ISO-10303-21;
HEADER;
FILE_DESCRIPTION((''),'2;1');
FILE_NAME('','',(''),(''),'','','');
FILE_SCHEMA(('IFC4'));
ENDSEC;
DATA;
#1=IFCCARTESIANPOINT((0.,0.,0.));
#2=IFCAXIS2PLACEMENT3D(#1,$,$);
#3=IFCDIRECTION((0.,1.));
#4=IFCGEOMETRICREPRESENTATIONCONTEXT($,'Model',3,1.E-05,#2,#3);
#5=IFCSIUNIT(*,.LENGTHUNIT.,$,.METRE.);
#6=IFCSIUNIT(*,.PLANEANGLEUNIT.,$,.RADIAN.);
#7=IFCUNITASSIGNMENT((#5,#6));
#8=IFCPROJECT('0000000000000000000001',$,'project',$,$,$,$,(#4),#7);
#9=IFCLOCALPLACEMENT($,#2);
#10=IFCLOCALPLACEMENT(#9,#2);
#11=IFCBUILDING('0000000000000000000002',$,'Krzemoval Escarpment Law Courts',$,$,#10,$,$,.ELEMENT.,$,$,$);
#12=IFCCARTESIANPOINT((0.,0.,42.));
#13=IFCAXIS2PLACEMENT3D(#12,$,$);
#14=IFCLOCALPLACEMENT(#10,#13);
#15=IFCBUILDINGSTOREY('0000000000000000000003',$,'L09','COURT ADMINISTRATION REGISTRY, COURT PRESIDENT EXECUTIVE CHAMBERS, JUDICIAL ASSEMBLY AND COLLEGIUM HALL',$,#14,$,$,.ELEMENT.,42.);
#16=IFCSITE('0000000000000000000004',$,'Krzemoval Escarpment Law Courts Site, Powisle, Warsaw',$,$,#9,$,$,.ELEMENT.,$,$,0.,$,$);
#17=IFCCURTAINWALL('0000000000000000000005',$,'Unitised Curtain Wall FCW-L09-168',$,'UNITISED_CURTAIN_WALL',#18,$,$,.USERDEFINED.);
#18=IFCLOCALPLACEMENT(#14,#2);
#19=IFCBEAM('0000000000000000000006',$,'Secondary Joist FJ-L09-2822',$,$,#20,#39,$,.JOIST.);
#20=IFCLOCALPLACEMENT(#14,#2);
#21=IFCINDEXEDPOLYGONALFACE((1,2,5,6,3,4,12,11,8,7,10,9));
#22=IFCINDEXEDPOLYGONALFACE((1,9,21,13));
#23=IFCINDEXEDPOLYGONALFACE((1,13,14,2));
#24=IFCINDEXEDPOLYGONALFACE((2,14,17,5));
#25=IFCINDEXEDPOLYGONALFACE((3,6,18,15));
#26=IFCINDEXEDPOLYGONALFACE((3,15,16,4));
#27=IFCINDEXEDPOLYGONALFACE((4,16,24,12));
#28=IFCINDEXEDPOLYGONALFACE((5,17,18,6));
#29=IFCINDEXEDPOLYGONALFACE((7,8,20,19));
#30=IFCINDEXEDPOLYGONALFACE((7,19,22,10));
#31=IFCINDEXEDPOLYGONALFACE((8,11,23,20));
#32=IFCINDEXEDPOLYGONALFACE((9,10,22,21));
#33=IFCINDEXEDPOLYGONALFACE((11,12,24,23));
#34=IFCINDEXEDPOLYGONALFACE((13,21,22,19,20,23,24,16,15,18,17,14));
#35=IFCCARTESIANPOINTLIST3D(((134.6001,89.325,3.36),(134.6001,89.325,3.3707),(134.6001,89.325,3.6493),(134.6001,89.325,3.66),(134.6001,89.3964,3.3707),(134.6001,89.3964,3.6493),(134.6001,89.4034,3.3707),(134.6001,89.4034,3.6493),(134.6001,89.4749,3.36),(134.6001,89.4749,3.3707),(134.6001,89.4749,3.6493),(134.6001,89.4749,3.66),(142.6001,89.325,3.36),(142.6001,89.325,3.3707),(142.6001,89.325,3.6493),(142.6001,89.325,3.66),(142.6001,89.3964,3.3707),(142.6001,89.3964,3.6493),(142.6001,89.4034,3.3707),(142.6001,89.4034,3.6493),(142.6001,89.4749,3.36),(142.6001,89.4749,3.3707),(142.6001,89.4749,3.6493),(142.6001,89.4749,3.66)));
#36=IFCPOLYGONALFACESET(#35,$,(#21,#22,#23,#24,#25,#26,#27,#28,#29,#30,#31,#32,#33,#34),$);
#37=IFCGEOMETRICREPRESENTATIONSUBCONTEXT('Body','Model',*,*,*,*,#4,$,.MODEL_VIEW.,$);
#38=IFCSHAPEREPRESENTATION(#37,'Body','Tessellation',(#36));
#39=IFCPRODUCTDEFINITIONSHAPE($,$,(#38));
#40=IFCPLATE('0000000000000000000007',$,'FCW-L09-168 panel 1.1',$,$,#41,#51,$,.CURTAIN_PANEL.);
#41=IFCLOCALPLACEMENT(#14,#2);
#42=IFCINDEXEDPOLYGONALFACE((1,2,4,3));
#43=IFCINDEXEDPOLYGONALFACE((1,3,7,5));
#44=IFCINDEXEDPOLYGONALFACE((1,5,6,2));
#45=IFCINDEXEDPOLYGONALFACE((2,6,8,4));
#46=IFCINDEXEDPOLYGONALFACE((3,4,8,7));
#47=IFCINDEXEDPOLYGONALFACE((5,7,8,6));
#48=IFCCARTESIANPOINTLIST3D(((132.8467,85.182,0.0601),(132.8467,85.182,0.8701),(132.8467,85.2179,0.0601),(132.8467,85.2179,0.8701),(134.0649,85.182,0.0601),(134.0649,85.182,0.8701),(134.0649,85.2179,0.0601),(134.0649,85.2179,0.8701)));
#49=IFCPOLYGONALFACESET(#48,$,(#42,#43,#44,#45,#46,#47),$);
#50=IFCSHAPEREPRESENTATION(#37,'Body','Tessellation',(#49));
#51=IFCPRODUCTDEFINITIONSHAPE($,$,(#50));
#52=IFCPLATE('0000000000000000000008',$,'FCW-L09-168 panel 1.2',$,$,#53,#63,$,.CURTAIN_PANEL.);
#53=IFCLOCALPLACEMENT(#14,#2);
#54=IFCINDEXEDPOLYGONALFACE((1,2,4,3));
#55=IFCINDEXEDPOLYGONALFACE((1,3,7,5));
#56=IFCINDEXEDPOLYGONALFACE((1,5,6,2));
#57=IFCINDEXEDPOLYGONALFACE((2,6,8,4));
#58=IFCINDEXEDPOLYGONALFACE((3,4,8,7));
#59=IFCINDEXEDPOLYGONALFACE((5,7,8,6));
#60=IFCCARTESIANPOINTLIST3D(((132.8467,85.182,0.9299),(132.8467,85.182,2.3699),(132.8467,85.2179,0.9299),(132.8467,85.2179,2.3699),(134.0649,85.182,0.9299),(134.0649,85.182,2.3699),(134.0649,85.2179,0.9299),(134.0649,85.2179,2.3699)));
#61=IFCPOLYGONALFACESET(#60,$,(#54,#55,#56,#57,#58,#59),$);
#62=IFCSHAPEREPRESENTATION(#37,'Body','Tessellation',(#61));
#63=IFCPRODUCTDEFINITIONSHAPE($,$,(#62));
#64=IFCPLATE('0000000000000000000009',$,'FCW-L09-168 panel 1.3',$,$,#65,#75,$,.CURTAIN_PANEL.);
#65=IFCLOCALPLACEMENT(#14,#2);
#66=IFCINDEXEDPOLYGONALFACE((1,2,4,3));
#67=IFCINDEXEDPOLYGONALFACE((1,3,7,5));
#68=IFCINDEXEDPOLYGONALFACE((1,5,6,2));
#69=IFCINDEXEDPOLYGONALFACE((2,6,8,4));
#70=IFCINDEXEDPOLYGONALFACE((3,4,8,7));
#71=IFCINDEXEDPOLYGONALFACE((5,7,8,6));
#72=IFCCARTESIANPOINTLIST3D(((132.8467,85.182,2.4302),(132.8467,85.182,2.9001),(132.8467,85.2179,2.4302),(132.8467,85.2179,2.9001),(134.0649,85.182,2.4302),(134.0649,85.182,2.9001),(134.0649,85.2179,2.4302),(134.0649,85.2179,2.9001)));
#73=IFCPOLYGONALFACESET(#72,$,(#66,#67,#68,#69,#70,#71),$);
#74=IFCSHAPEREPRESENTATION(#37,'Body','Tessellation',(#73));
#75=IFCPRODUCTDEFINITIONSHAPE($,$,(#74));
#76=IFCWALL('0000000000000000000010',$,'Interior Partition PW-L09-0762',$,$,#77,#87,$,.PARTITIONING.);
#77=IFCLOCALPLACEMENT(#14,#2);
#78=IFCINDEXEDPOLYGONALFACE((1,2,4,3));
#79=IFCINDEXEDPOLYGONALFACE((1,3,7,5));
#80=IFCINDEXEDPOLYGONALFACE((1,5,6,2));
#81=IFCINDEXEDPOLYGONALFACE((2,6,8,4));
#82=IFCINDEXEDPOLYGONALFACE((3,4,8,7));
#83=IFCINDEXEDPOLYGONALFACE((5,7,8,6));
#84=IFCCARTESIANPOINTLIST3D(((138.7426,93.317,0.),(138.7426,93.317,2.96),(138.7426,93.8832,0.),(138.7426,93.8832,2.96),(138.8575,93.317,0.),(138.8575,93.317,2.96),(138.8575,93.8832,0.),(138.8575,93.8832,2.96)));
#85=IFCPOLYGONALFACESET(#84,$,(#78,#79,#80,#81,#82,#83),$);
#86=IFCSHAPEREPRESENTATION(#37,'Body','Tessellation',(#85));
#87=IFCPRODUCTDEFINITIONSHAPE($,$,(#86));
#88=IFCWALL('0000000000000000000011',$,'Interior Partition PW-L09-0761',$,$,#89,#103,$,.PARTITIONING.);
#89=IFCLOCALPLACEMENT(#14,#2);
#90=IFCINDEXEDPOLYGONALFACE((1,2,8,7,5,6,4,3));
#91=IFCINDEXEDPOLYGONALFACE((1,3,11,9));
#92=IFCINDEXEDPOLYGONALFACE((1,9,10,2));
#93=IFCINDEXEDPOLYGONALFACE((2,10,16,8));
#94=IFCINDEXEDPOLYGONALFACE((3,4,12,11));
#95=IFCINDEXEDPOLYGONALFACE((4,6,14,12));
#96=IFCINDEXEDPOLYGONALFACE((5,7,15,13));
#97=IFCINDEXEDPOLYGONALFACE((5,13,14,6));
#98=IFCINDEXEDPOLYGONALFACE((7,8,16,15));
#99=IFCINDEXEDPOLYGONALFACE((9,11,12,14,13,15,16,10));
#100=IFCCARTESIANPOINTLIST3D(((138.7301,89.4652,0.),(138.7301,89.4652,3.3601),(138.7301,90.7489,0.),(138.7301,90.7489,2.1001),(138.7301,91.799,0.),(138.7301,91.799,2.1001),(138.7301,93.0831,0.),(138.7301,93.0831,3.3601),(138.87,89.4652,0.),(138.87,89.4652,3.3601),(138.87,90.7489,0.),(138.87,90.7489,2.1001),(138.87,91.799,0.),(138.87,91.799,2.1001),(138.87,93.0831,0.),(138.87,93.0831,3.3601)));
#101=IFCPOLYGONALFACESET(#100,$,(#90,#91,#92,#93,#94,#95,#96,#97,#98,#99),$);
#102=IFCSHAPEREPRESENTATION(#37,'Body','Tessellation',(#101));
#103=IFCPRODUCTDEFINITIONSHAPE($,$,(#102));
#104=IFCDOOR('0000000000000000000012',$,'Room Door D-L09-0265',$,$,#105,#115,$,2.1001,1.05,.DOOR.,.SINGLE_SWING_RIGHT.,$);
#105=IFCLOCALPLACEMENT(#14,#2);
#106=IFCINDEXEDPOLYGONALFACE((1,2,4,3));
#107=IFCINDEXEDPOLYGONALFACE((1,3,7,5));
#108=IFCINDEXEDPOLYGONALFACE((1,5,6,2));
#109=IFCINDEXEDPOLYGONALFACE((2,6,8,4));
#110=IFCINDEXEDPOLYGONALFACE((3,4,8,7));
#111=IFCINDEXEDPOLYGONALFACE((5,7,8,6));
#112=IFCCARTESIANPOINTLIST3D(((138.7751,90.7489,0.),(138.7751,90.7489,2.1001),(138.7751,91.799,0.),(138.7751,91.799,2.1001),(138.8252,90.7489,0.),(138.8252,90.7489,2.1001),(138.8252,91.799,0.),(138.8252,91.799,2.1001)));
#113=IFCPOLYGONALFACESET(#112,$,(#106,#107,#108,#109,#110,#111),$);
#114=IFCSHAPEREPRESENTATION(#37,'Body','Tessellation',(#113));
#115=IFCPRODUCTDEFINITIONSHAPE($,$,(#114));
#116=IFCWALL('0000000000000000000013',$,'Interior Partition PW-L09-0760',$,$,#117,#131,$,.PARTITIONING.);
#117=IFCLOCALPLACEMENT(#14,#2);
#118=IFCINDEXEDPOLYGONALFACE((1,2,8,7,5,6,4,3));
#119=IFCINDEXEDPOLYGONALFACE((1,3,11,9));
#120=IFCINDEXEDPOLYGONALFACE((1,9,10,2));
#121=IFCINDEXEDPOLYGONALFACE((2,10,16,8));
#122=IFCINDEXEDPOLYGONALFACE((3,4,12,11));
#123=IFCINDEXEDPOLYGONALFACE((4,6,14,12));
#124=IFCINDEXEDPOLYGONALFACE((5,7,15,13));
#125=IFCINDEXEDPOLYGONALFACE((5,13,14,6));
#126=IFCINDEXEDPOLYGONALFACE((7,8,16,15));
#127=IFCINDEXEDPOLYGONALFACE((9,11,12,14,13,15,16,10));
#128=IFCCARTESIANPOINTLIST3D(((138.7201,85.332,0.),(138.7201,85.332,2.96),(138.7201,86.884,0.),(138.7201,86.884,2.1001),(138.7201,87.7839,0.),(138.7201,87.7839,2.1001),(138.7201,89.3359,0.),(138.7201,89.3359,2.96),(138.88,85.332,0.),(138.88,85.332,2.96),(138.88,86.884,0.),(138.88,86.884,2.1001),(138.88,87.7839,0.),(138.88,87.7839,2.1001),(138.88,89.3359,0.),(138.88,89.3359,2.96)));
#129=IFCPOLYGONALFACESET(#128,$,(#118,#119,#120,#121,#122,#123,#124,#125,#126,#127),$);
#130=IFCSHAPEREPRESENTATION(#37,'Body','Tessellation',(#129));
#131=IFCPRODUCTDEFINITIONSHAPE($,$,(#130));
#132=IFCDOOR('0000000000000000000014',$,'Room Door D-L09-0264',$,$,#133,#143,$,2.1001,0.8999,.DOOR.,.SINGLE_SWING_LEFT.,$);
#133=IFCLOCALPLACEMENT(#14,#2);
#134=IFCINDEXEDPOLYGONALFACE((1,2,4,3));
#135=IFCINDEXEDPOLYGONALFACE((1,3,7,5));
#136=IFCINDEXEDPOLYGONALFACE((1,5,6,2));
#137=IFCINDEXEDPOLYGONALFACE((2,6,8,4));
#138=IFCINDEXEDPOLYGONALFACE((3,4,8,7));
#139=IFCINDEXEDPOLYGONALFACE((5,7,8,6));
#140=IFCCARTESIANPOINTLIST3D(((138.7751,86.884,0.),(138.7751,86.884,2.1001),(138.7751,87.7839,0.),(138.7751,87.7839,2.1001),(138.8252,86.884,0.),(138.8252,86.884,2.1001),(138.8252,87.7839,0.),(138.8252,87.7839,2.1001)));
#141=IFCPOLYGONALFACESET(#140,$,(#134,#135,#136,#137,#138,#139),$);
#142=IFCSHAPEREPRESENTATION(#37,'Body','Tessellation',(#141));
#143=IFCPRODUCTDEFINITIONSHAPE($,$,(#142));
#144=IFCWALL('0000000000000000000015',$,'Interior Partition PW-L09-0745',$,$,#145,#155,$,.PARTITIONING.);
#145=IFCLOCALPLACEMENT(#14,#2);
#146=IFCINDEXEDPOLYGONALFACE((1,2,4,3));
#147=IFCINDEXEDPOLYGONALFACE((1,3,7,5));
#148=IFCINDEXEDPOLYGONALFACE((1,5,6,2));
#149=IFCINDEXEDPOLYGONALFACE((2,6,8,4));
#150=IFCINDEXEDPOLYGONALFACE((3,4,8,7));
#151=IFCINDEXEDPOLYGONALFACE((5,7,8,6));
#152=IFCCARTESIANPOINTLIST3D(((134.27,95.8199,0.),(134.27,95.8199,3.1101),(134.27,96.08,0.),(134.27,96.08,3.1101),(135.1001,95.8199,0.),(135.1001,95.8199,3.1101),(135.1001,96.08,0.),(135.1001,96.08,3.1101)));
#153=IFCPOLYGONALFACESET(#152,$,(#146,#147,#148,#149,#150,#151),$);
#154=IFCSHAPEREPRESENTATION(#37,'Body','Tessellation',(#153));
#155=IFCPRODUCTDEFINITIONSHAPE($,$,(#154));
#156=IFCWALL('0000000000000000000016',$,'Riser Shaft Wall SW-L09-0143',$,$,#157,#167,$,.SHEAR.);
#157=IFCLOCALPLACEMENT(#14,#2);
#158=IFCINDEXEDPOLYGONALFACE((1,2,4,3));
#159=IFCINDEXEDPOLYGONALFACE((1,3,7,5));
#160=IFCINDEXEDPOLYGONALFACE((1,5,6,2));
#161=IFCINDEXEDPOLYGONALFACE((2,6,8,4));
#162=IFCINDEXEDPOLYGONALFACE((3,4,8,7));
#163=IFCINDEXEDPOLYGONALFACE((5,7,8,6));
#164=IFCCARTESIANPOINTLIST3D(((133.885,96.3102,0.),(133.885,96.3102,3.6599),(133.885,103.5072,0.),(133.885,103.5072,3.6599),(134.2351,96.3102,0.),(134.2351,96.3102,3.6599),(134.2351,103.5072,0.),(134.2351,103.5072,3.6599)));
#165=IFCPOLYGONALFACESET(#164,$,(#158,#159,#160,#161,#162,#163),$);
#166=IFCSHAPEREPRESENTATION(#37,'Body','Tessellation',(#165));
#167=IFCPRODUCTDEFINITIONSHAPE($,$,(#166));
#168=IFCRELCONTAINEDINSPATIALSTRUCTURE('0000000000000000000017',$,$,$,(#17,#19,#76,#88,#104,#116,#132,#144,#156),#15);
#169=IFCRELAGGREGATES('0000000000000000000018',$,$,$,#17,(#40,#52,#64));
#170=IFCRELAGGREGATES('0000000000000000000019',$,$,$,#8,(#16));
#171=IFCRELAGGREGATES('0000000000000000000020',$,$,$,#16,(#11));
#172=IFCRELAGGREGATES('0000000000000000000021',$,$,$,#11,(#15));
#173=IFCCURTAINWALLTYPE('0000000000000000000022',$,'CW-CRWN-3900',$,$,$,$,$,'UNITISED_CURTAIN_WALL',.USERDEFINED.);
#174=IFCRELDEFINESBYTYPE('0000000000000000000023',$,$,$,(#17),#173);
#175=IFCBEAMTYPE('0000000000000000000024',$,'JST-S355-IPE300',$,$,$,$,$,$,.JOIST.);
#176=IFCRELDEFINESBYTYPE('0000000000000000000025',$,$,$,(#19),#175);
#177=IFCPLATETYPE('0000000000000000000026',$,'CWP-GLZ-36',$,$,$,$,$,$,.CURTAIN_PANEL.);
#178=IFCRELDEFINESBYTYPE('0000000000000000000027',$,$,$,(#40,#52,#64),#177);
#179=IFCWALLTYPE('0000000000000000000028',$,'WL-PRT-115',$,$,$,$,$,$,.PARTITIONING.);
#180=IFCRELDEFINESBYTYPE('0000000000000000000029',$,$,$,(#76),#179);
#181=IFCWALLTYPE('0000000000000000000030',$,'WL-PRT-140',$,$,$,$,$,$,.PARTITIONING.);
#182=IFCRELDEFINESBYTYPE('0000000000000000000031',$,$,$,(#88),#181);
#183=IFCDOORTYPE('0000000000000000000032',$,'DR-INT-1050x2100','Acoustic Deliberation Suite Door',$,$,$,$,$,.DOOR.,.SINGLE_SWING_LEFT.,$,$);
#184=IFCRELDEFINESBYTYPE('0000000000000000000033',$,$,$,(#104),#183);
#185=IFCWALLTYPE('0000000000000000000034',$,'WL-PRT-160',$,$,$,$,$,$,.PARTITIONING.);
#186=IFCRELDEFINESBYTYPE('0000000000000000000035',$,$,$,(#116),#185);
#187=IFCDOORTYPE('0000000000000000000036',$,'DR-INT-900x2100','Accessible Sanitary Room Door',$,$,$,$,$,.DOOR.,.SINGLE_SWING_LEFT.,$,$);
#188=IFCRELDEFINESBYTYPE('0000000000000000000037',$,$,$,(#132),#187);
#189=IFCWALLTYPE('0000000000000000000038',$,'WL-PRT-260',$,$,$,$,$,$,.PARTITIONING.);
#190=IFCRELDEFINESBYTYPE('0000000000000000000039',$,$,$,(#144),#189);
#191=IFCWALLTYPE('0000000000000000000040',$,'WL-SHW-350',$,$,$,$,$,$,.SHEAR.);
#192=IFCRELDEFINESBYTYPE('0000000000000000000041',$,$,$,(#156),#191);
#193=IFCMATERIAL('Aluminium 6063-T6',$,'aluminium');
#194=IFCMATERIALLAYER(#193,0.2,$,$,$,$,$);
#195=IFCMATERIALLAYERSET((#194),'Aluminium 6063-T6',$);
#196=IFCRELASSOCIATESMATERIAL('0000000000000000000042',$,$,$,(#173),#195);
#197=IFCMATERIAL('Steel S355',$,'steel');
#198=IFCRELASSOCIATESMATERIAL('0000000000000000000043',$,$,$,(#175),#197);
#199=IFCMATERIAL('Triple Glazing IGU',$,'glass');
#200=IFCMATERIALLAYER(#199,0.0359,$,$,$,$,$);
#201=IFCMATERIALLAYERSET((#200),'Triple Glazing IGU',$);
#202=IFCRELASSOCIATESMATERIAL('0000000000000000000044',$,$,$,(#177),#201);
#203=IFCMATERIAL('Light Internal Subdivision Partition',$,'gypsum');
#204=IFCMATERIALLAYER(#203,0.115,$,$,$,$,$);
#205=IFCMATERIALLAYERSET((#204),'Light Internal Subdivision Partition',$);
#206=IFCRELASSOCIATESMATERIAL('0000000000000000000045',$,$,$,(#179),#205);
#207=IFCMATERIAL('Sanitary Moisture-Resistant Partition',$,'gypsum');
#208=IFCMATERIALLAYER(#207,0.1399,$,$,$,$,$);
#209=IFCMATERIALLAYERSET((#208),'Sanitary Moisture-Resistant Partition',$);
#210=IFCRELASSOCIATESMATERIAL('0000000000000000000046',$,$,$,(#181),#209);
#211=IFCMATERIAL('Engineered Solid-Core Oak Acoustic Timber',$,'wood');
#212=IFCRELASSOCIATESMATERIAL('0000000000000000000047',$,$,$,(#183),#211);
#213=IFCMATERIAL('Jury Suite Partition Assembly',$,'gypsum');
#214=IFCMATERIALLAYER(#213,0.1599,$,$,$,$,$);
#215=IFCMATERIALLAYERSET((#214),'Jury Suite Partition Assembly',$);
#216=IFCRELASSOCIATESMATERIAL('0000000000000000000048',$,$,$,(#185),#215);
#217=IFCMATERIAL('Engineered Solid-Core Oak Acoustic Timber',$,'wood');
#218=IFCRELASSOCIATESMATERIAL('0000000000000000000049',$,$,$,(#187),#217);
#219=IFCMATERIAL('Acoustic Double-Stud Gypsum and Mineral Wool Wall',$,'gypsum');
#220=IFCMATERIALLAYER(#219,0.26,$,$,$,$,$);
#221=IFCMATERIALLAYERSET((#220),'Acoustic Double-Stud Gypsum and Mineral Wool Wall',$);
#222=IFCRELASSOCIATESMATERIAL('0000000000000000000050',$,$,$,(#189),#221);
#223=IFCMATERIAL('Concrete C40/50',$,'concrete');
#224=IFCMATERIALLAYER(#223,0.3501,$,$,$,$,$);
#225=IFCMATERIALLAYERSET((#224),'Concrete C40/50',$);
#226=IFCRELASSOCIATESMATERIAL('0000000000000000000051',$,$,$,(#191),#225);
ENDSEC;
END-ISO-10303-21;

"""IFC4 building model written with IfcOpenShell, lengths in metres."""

from ifc_helpers import new_model, si_unit, direction, frame, frame_2d, origin, origin_2d, place, context, subcontext, project, spatial, rectangle, i_section, extrude, material, layer, layer_set, material_profile, profile_set, type_object, element, fill, aggregate, save


model = new_model("IFC4")

# Units and contexts
model_context = context("Model", 3, precision=1e-05, world=origin(), true_north=direction((0.0, 1.0)))
body_context = subcontext(model_context, "Body", "Model", "MODEL_VIEW")
ifc_project = project(units=[si_unit("LENGTHUNIT", "METRE"), si_unit("PLANEANGLEUNIT", "RADIAN")], contexts=[model_context])

# Site, building, storey
site_placement = place(None, origin())
site = spatial("IfcSite", under=ifc_project, at=site_placement, Name="Krzemoval Escarpment Law Courts Site, Powisle, Warsaw", CompositionType="ELEMENT", RefElevation=0.0)
building_placement = place(site_placement, origin())
building = spatial("IfcBuilding", under=site, at=building_placement, Name="Krzemoval Escarpment Law Courts", CompositionType="ELEMENT")
storey_placement = place(building_placement, frame((0.0, 0.0, 42.0)))
storey = spatial("IfcBuildingStorey", under=building, at=storey_placement, Name="L09", Description="COURT ADMINISTRATION REGISTRY, COURT PRESIDENT EXECUTIVE CHAMBERS, JUDICIAL ASSEMBLY AND COLLEGIUM HALL", CompositionType="ELEMENT", Elevation=42.0)

# Curtain wall
ifc_material_1 = material(Name="Aluminium 6063-T6", Category="aluminium")
ifc_layer_1 = layer(ifc_material_1, 0.2)
ifc_layer_set_1 = layer_set([ifc_layer_1], Name="Aluminium 6063-T6")
curtain_wall_type = type_object("IfcCurtainWallType", Name="CW-CRWN-3900", ElementType="UNITISED_CURTAIN_WALL", PredefinedType="USERDEFINED", material=ifc_layer_set_1)
curtain_wall_placement = place(storey_placement, origin())
curtain_wall = element("IfcCurtainWall", 1, at=curtain_wall_placement, inside=storey, type_object=curtain_wall_type, Name="Unitised Curtain Wall FCW-L09-168", ObjectType="UNITISED_CURTAIN_WALL", PredefinedType="USERDEFINED")

# Beam
ifc_material_2 = material(Name="Steel S355", Category="steel")
ifc_material_profile_1 = material_profile(ifc_material_2, i_section(OverallWidth=0.1499, OverallDepth=0.3, WebThickness=0.0071, FlangeThickness=0.0107, at=origin_2d()), Name="IPE 300")
ifc_profile_set_1 = profile_set([ifc_material_profile_1], Name="Steel S355")
beam_type_1 = type_object("IfcBeamType", Name="JST-S355-IPE300", PredefinedType="JOIST", material=ifc_profile_set_1)
beam_1_placement = place(storey_placement, frame((134.6001, 89.3999, 3.51), z_axis=(1.0, 0.0, 0.0), x_axis=(0.0, 1.0, 0.0)))
element("IfcBeam", 2, at=beam_1_placement, inside=storey, type_object=beam_type_1, Name="Secondary Joist FJ-L09-2822", PredefinedType="JOIST", context=body_context, shape_type="SweptSolid", body=[
    extrude(i_section(OverallWidth=0.1499, OverallDepth=0.3, WebThickness=0.0071, FlangeThickness=0.0107, at=origin_2d()), origin(), (0.0, 0.0, 1.0), 8.0),
])

# Plates
ifc_material_3 = material(Name="Triple Glazing IGU", Category="glass")
ifc_layer_2 = layer(ifc_material_3, 0.0359)
ifc_layer_set_2 = layer_set([ifc_layer_2], Name="Triple Glazing IGU")
plate_type = type_object("IfcPlateType", Name="CWP-GLZ-36", PredefinedType="CURTAIN_PANEL", material=ifc_layer_set_2)
plate_1_placement = place(storey_placement, frame((133.4558, 85.2, 0.0601), z_axis=(0.0, 0.0, 1.0), x_axis=(-1.0, 0.0, 0.0)))
plate_1 = element("IfcPlate", 3, at=plate_1_placement, type_object=plate_type, Name="FCW-L09-168 panel 1.1", PredefinedType="CURTAIN_PANEL", context=body_context, shape_type="SweptSolid", body=[
    extrude(rectangle(XDim=1.2183, YDim=0.0359, at=origin_2d()), origin(), (0.0, 0.0, 1.0), 0.8101),
])
plate_2_placement = place(storey_placement, frame((133.4558, 85.2, 0.9299), z_axis=(0.0, 0.0, 1.0), x_axis=(-1.0, 0.0, 0.0)))
plate_2 = element("IfcPlate", 4, at=plate_2_placement, type_object=plate_type, Name="FCW-L09-168 panel 1.2", PredefinedType="CURTAIN_PANEL", context=body_context, shape_type="SweptSolid", body=[
    extrude(rectangle(XDim=1.2183, YDim=0.0359, at=origin_2d()), origin(), (0.0, 0.0, 1.0), 1.4399),
])
plate_3_placement = place(storey_placement, frame((133.4558, 85.2, 2.4302), z_axis=(0.0, 0.0, 1.0), x_axis=(-1.0, 0.0, 0.0)))
plate_3 = element("IfcPlate", 5, at=plate_3_placement, type_object=plate_type, Name="FCW-L09-168 panel 1.3", PredefinedType="CURTAIN_PANEL", context=body_context, shape_type="SweptSolid", body=[
    extrude(rectangle(XDim=1.2183, YDim=0.0359, at=origin_2d()), origin(), (0.0, 0.0, 1.0), 0.47),
])
aggregate(curtain_wall, [plate_1, plate_2, plate_3])

# Wall
ifc_material_4 = material(Name="Light Internal Subdivision Partition", Category="gypsum")
ifc_layer_3 = layer(ifc_material_4, 0.115)
ifc_layer_set_3 = layer_set([ifc_layer_3], Name="Light Internal Subdivision Partition")
wall_type_1 = type_object("IfcWallType", Name="WL-PRT-115", PredefinedType="PARTITIONING", material=ifc_layer_set_3)
wall_1_placement = place(storey_placement, frame((138.8, 93.3169, 0.0), z_axis=(0.0, 0.0, 1.0), x_axis=(0.0, 1.0, 0.0)))
element("IfcWall", 6, at=wall_1_placement, inside=storey, type_object=wall_type_1, Name="Interior Partition PW-L09-0762", PredefinedType="PARTITIONING", context=body_context, shape_type="SweptSolid", body=[
    extrude(rectangle(XDim=0.5662, YDim=0.115, at=frame_2d((0.2832, 0.0))), origin(), (0.0, 0.0, 1.0), 2.96),
])

# Walls, openings, doors
ifc_material_5 = material(Name="Sanitary Moisture-Resistant Partition", Category="gypsum")
ifc_layer_4 = layer(ifc_material_5, 0.1399)
ifc_layer_set_4 = layer_set([ifc_layer_4], Name="Sanitary Moisture-Resistant Partition")
wall_type_2 = type_object("IfcWallType", Name="WL-PRT-140", PredefinedType="PARTITIONING", material=ifc_layer_set_4)
wall_2_placement = place(storey_placement, frame((138.8, 89.4651, 0.0), z_axis=(0.0, 0.0, 1.0), x_axis=(0.0, 1.0, 0.0)))
wall_2 = element("IfcWall", 7, at=wall_2_placement, inside=storey, type_object=wall_type_2, Name="Interior Partition PW-L09-0761", PredefinedType="PARTITIONING", context=body_context, shape_type="SweptSolid", body=[
    extrude(rectangle(XDim=3.6179, YDim=0.1399, at=frame_2d((1.8091, 0.0))), origin(), (0.0, 0.0, 1.0), 3.3601),
])
opening_1_placement = place(wall_2_placement, frame((1.2839, 0.0, 0.0)))
opening_1 = element("IfcOpeningElement", 8, at=opening_1_placement, cuts=wall_2, PredefinedType="OPENING", context=body_context, shape_type="SweptSolid", body=[
    extrude(rectangle(XDim=1.05, YDim=2.1001, at=frame_2d((0.5249, 1.05))), frame((0.0, 0.0849, 0.0), z_axis=(0.0, -1.0, 0.0), x_axis=(1.0, 0.0, 0.0)), (0.0, 0.0, 1.0), 0.1699),
])
ifc_material_6 = material(Name="Engineered Solid-Core Oak Acoustic Timber", Category="wood")
door_type_1 = type_object("IfcDoorType", Name="DR-INT-1050x2100", Description="Acoustic Deliberation Suite Door", OperationType="SINGLE_SWING_LEFT", PredefinedType="DOOR", material=ifc_material_6)
door_1_placement = place(opening_1_placement, origin())
door_1 = element("IfcDoor", 9, at=door_1_placement, inside=storey, type_object=door_type_1, Name="Room Door D-L09-0265", OperationType="SINGLE_SWING_RIGHT", OverallHeight=2.1001, OverallWidth=1.05, PredefinedType="DOOR", context=body_context, shape_type="SweptSolid", body=[
    extrude(rectangle(XDim=1.05, YDim=2.1001, at=frame_2d((0.5249, 1.05))), frame((0.0, 0.0249, 0.0), z_axis=(0.0, -1.0, 0.0), x_axis=(1.0, 0.0, 0.0)), (0.0, 0.0, 1.0), 0.05),
])
fill(opening_1, door_1)
ifc_material_7 = material(Name="Jury Suite Partition Assembly", Category="gypsum")
ifc_layer_5 = layer(ifc_material_7, 0.1599)
ifc_layer_set_5 = layer_set([ifc_layer_5], Name="Jury Suite Partition Assembly")
wall_type_3 = type_object("IfcWallType", Name="WL-PRT-160", PredefinedType="PARTITIONING", material=ifc_layer_set_5)
wall_3_placement = place(storey_placement, frame((138.8, 85.332, 0.0), z_axis=(0.0, 0.0, 1.0), x_axis=(0.0, 1.0, 0.0)))
wall_3 = element("IfcWall", 10, at=wall_3_placement, inside=storey, type_object=wall_type_3, Name="Interior Partition PW-L09-0760", PredefinedType="PARTITIONING", context=body_context, shape_type="SweptSolid", body=[
    extrude(rectangle(XDim=4.0039, YDim=0.1599, at=frame_2d((2.002, 0.0))), origin(), (0.0, 0.0, 1.0), 2.96),
])
opening_2_placement = place(wall_3_placement, frame((1.552, 0.0, 0.0)))
opening_2 = element("IfcOpeningElement", 11, at=opening_2_placement, cuts=wall_3, PredefinedType="OPENING", context=body_context, shape_type="SweptSolid", body=[
    extrude(rectangle(XDim=0.8999, YDim=2.1001, at=frame_2d((0.45, 1.05))), frame((0.0, 0.095, 0.0), z_axis=(0.0, -1.0, 0.0), x_axis=(1.0, 0.0, 0.0)), (0.0, 0.0, 1.0), 0.1899),
])
ifc_material_8 = material(Name="Engineered Solid-Core Oak Acoustic Timber", Category="wood")
door_type_2 = type_object("IfcDoorType", Name="DR-INT-900x2100", Description="Accessible Sanitary Room Door", OperationType="SINGLE_SWING_LEFT", PredefinedType="DOOR", material=ifc_material_8)
door_2_placement = place(opening_2_placement, origin())
door_2 = element("IfcDoor", 12, at=door_2_placement, inside=storey, type_object=door_type_2, Name="Room Door D-L09-0264", OperationType="SINGLE_SWING_LEFT", OverallHeight=2.1001, OverallWidth=0.8999, PredefinedType="DOOR", context=body_context, shape_type="SweptSolid", body=[
    extrude(rectangle(XDim=0.8999, YDim=2.1001, at=frame_2d((0.45, 1.05))), frame((0.0, 0.0249, 0.0), z_axis=(0.0, -1.0, 0.0), x_axis=(1.0, 0.0, 0.0)), (0.0, 0.0, 1.0), 0.05),
])
fill(opening_2, door_2)

# Walls
ifc_material_9 = material(Name="Acoustic Double-Stud Gypsum and Mineral Wool Wall", Category="gypsum")
ifc_layer_6 = layer(ifc_material_9, 0.26)
ifc_layer_set_6 = layer_set([ifc_layer_6], Name="Acoustic Double-Stud Gypsum and Mineral Wool Wall")
wall_type_4 = type_object("IfcWallType", Name="WL-PRT-260", PredefinedType="PARTITIONING", material=ifc_layer_set_6)
wall_4_placement = place(storey_placement, frame((134.27, 95.95, 0.0), z_axis=(0.0, 0.0, 1.0), x_axis=(1.0, 0.0, 0.0)))
element("IfcWall", 13, at=wall_4_placement, inside=storey, type_object=wall_type_4, Name="Interior Partition PW-L09-0745", PredefinedType="PARTITIONING", context=body_context, shape_type="SweptSolid", body=[
    extrude(rectangle(XDim=0.8301, YDim=0.26, at=frame_2d((0.415, 0.0))), origin(), (0.0, 0.0, 1.0), 3.1101),
])
ifc_material_10 = material(Name="Concrete C40/50", Category="concrete")
ifc_layer_7 = layer(ifc_material_10, 0.3501)
ifc_layer_set_7 = layer_set([ifc_layer_7], Name="Concrete C40/50")
wall_type_5 = type_object("IfcWallType", Name="WL-SHW-350", PredefinedType="SHEAR", material=ifc_layer_set_7)
wall_5_placement = place(storey_placement, frame((134.0601, 96.3101, 0.0), z_axis=(0.0, 0.0, 1.0), x_axis=(0.0, 1.0, 0.0)))
element("IfcWall", 14, at=wall_5_placement, inside=storey, type_object=wall_type_5, Name="Riser Shaft Wall SW-L09-0143", PredefinedType="SHEAR", context=body_context, shape_type="SweptSolid", body=[
    extrude(rectangle(XDim=7.197, YDim=0.3501, at=frame_2d((3.5986, 0.0))), origin(), (0.0, 0.0, 1.0), 3.6599),
])

save(model, "model.ifc")
